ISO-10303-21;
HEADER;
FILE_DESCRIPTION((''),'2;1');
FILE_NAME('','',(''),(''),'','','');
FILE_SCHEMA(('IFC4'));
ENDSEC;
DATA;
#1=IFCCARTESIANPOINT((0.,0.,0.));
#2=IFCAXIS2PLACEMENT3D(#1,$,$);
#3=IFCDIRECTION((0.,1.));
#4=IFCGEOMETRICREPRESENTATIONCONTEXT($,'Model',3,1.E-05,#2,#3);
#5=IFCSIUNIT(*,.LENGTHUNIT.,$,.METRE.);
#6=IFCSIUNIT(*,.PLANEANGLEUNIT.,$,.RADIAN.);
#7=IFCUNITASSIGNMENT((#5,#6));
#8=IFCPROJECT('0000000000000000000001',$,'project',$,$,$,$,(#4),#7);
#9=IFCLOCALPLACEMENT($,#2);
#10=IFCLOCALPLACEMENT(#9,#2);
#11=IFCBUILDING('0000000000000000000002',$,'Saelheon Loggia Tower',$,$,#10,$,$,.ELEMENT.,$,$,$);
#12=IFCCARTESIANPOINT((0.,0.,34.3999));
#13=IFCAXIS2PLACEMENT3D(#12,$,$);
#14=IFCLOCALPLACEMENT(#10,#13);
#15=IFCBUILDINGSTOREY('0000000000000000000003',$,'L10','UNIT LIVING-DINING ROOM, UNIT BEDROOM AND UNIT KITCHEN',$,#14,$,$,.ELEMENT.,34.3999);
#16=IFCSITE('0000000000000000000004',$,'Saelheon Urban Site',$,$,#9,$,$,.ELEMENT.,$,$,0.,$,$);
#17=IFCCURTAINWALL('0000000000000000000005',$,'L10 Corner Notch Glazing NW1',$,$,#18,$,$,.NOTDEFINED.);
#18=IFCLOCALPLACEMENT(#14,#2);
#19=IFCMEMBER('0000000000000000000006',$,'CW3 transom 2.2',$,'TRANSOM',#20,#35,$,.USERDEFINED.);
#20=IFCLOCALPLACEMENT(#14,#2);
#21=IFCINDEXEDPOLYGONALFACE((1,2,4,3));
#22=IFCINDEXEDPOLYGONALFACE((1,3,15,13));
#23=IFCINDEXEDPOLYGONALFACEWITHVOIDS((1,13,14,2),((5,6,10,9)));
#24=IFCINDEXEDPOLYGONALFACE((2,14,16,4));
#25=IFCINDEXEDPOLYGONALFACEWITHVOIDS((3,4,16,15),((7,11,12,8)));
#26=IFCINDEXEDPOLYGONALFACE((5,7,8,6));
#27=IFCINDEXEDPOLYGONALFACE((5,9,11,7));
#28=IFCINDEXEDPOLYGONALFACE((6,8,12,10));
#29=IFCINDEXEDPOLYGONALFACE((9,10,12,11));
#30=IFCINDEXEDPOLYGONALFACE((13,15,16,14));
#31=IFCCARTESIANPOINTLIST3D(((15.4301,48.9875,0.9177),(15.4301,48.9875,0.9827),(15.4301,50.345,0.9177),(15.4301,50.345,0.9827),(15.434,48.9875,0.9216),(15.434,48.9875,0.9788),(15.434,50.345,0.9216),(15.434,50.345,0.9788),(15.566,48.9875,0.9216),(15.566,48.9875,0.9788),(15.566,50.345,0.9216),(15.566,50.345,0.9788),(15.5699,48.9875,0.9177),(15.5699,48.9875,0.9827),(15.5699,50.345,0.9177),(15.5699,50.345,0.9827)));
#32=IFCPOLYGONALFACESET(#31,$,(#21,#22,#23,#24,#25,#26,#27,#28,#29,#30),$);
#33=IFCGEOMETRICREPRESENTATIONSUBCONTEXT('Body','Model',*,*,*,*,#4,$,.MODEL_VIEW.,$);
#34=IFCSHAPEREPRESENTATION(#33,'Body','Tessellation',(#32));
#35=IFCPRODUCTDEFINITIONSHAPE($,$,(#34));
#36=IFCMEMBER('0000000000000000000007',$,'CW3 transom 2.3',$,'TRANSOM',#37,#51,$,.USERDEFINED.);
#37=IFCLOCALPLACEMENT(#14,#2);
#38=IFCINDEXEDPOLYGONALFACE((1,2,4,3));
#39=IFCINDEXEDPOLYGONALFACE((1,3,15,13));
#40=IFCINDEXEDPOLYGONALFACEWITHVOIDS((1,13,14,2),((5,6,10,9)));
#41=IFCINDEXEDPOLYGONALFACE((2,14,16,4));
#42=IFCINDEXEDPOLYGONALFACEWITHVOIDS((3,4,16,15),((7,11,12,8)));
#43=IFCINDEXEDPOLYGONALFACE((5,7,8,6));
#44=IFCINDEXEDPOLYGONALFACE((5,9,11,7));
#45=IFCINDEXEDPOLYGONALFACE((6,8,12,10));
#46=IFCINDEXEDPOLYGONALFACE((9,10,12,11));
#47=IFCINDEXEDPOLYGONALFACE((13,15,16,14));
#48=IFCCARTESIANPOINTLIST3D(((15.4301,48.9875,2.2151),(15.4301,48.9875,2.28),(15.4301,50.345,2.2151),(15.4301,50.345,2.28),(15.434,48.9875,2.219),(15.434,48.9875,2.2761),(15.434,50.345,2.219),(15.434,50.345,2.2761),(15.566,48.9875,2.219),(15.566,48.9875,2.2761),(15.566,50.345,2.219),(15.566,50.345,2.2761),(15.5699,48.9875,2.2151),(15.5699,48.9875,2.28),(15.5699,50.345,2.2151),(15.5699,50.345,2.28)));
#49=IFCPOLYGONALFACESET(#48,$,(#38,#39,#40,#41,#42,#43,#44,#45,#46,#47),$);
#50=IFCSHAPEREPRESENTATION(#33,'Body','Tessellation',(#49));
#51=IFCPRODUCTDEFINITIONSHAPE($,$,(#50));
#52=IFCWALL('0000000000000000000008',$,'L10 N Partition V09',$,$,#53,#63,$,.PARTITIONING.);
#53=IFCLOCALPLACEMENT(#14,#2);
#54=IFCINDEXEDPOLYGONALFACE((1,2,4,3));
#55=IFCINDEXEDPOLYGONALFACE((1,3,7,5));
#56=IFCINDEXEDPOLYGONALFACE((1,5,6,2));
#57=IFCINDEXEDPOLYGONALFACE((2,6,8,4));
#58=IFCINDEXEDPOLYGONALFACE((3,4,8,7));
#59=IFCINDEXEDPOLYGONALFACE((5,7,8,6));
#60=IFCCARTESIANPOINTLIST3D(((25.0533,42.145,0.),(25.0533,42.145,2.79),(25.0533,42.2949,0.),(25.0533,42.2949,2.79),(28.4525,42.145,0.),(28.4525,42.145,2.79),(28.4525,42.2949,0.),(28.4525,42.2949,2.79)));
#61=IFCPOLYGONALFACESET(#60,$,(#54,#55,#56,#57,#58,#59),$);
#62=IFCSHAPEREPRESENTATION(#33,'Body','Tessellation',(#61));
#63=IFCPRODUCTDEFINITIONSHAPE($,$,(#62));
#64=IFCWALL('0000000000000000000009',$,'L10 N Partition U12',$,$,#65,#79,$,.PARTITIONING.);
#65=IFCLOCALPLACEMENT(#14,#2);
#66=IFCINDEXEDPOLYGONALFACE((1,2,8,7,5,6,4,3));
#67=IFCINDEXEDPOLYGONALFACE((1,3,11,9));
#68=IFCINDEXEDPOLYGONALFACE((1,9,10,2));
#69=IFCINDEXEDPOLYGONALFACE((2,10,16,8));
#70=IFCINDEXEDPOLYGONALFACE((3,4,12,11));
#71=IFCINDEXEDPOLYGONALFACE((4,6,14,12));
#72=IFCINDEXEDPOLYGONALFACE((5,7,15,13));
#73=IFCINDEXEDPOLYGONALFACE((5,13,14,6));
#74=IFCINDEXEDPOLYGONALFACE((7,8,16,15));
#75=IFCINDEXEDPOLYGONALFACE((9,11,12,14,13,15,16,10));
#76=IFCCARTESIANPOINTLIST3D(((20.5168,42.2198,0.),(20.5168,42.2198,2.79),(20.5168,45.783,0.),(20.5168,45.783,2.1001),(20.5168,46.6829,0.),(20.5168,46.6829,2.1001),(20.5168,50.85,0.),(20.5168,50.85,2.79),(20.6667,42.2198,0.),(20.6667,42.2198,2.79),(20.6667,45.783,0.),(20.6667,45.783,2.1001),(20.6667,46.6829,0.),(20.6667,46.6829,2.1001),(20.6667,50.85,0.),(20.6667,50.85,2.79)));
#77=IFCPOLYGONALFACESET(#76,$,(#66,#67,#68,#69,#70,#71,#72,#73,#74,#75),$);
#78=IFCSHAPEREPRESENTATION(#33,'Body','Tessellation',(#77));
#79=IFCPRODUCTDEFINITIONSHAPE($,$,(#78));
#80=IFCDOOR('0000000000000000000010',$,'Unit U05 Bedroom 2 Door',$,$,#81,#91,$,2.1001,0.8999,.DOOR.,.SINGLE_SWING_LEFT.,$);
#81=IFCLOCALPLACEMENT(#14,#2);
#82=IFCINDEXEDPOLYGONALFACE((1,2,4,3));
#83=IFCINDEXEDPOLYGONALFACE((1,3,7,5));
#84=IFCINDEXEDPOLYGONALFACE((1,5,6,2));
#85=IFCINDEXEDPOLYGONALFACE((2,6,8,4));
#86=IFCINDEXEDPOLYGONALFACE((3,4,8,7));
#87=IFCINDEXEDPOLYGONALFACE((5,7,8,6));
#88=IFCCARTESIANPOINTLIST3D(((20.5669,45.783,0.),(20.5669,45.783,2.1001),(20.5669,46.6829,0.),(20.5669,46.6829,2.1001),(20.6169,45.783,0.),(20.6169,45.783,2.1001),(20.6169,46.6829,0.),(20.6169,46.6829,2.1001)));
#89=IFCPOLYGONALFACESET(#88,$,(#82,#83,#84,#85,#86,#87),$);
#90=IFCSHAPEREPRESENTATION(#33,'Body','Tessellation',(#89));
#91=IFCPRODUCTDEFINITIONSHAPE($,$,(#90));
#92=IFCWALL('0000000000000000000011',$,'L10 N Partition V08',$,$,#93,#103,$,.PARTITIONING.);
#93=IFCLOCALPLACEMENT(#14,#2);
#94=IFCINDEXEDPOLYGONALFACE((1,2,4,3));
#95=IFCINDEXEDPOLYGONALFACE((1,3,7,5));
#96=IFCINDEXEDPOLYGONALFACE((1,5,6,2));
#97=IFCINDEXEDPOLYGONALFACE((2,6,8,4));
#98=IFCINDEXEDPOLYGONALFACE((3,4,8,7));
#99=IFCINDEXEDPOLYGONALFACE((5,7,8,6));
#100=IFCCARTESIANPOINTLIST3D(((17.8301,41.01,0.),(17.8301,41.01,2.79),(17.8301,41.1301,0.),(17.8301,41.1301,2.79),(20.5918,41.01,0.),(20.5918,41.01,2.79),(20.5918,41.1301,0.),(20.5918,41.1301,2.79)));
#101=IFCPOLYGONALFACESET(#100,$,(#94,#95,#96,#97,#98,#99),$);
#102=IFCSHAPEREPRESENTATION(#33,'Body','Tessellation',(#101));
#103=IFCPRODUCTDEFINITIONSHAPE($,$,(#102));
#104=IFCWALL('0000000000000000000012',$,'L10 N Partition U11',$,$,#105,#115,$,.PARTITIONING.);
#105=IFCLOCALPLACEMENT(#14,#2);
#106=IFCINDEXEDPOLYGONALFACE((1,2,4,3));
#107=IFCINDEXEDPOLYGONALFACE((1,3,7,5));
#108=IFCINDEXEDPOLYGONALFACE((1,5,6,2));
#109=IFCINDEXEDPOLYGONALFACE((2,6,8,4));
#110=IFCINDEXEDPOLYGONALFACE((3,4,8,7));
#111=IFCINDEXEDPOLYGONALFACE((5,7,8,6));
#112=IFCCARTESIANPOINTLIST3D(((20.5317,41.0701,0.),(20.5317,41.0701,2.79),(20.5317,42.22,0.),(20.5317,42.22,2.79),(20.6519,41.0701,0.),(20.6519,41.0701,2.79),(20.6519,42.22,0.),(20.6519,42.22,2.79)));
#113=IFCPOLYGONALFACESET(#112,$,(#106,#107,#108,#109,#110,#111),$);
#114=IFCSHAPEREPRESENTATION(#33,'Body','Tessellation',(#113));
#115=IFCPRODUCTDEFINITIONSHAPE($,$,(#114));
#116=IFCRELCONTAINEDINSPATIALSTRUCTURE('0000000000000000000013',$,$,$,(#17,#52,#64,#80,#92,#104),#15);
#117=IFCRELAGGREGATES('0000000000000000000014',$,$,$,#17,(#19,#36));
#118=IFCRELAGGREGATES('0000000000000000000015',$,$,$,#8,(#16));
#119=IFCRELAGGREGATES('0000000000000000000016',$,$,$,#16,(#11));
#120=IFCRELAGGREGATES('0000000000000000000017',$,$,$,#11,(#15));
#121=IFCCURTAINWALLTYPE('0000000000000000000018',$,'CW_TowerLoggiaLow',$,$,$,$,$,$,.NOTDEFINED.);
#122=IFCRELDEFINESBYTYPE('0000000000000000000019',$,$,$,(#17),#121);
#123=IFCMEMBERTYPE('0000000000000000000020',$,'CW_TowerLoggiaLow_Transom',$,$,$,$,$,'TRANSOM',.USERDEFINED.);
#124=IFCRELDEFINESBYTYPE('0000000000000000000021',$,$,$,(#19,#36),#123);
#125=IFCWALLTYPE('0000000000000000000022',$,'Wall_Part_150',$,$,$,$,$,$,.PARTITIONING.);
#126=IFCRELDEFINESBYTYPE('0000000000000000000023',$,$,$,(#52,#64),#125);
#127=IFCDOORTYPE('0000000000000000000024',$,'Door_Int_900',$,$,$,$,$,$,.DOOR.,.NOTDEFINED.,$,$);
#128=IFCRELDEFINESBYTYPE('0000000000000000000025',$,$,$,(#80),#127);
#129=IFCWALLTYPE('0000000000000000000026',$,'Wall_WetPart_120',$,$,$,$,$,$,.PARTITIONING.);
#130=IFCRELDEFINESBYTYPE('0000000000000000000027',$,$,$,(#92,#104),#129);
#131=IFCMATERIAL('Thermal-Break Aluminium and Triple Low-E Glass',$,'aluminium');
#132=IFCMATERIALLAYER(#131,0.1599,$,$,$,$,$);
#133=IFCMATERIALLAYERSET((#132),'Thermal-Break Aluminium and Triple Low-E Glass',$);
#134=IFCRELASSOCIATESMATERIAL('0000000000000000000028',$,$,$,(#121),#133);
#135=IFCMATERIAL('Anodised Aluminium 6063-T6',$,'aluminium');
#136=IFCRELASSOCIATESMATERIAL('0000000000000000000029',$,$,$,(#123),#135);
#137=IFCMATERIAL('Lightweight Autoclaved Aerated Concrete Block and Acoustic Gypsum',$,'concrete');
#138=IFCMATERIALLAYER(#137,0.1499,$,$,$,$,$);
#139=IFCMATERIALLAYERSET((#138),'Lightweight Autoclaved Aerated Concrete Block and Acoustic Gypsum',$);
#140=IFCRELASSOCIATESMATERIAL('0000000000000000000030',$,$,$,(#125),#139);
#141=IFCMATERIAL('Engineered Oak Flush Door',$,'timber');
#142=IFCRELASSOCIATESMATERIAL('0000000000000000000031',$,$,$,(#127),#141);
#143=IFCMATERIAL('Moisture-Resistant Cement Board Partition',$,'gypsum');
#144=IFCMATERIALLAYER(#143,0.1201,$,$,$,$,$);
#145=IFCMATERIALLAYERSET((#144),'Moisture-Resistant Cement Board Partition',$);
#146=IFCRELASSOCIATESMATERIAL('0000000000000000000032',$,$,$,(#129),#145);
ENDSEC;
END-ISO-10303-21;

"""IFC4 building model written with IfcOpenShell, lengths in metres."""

from ifc_helpers import new_model, si_unit, direction, frame, frame_2d, origin, origin_2d, place, context, subcontext, project, spatial, rectangle, hollow_rectangle, extrude, source, transform, mapped, material, layer, layer_set, material_profile, profile_set, type_object, element, fill, aggregate, save


model = new_model("IFC4")

# Units and contexts
model_context = context("Model", 3, precision=1e-05, world=origin(), true_north=direction((0.0, 1.0)))
body_context = subcontext(model_context, "Body", "Model", "MODEL_VIEW")
ifc_project = project(units=[si_unit("LENGTHUNIT", "METRE"), si_unit("PLANEANGLEUNIT", "RADIAN")], contexts=[model_context])

# Site, building, storey
site_placement = place(None, origin())
site = spatial("IfcSite", under=ifc_project, at=site_placement, Name="Saelheon Urban Site", CompositionType="ELEMENT", RefElevation=0.0)
building_placement = place(site_placement, origin())
building = spatial("IfcBuilding", under=site, at=building_placement, Name="Saelheon Loggia Tower", CompositionType="ELEMENT")
storey_placement = place(building_placement, frame((0.0, 0.0, 34.3999)))
storey = spatial("IfcBuildingStorey", under=building, at=storey_placement, Name="L10", Description="UNIT LIVING-DINING ROOM, UNIT BEDROOM AND UNIT KITCHEN", CompositionType="ELEMENT", Elevation=34.3999)

# Curtain wall, members
ifc_material_1 = material(Name="Thermal-Break Aluminium and Triple Low-E Glass", Category="aluminium")
ifc_layer_1 = layer(ifc_material_1, 0.1599)
ifc_layer_set_1 = layer_set([ifc_layer_1], Name="Thermal-Break Aluminium and Triple Low-E Glass")
curtain_wall_type = type_object("IfcCurtainWallType", Name="CW_TowerLoggiaLow", PredefinedType="NOTDEFINED", material=ifc_layer_set_1)
curtain_wall_placement = place(storey_placement, origin())
curtain_wall = element("IfcCurtainWall", 1, at=curtain_wall_placement, inside=storey, type_object=curtain_wall_type, Name="L10 Corner Notch Glazing NW1", PredefinedType="NOTDEFINED")
ifc_material_2 = material(Name="Anodised Aluminium 6063-T6", Category="aluminium")
ifc_material_profile = material_profile(ifc_material_2, hollow_rectangle(XDim=0.0649, YDim=0.1399, WallThickness=0.0039, at=origin_2d()), Name="RHS-140x65x4")
ifc_profile_set = profile_set([ifc_material_profile], Name="Anodised Aluminium 6063-T6")
member_type = type_object("IfcMemberType", Name="CW_TowerLoggiaLow_Transom", ElementType="TRANSOM", PredefinedType="USERDEFINED", material=ifc_profile_set)
shared_shape_1 = source(origin(), body_context, "Body", "SweptSolid", [
    extrude(hollow_rectangle(XDim=0.0649, YDim=0.1399, WallThickness=0.0039, at=origin_2d()), origin(), (0.0, 0.0, 1.0), 1.3574),
])
member_1_placement = place(storey_placement, frame((15.5, 48.9875, 0.9502), z_axis=(0.0, 1.0, 0.0), x_axis=(0.0, 0.0, 1.0)))
member_1 = element("IfcMember", 2, at=member_1_placement, type_object=member_type, Name="CW3 transom 2.2", ObjectType="TRANSOM", PredefinedType="USERDEFINED", context=body_context, shape_type="MappedRepresentation", body=[
    mapped(shared_shape_1, transform((0.0, 0.0, 0.0), scale=1.0)),
])
member_2_placement = place(storey_placement, frame((15.5, 48.9875, 2.2476), z_axis=(0.0, 1.0, 0.0), x_axis=(0.0, 0.0, 1.0)))
member_2 = element("IfcMember", 3, at=member_2_placement, type_object=member_type, Name="CW3 transom 2.3", ObjectType="TRANSOM", PredefinedType="USERDEFINED", context=body_context, shape_type="MappedRepresentation", body=[
    mapped(shared_shape_1, transform((0.0, 0.0, 0.0), scale=1.0)),
])
aggregate(curtain_wall, [member_1, member_2])

# Wall
ifc_material_3 = material(Name="Lightweight Autoclaved Aerated Concrete Block and Acoustic Gypsum", Category="concrete")
ifc_layer_2 = layer(ifc_material_3, 0.1499)
ifc_layer_set_2 = layer_set([ifc_layer_2], Name="Lightweight Autoclaved Aerated Concrete Block and Acoustic Gypsum")
wall_type_1 = type_object("IfcWallType", Name="Wall_Part_150", PredefinedType="PARTITIONING", material=ifc_layer_set_2)
wall_1_placement = place(storey_placement, frame((25.0532, 42.22, 0.0), z_axis=(0.0, 0.0, 1.0), x_axis=(1.0, 0.0, 0.0)))
element("IfcWall", 4, at=wall_1_placement, inside=storey, type_object=wall_type_1, Name="L10 N Partition V09", PredefinedType="PARTITIONING", context=body_context, shape_type="SweptSolid", body=[
    extrude(rectangle(XDim=3.3992, YDim=0.1499, at=frame_2d((1.6997, 0.0))), origin(), (0.0, 0.0, 1.0), 2.79),
])

# Wall, opening, door
wall_2_placement = place(storey_placement, frame((20.5918, 42.22, 0.0), z_axis=(0.0, 0.0, 1.0), x_axis=(0.0, 1.0, 0.0)))
wall_2 = element("IfcWall", 5, at=wall_2_placement, inside=storey, type_object=wall_type_1, Name="L10 N Partition U12", PredefinedType="PARTITIONING", context=body_context, shape_type="SweptSolid", body=[
    extrude(rectangle(XDim=8.6301, YDim=0.1499, at=frame_2d((4.3149, 0.0))), origin(), (0.0, 0.0, 1.0), 2.79),
])
opening_placement = place(wall_2_placement, frame((3.563, 0.0, 0.0)))
opening = element("IfcOpeningElement", 6, at=opening_placement, cuts=wall_2, PredefinedType="OPENING", context=body_context, shape_type="SweptSolid", body=[
    extrude(rectangle(XDim=0.8999, YDim=2.1001, at=frame_2d((0.45, 1.05))), frame((0.0, 0.0869, 0.0), z_axis=(0.0, -1.0, 0.0), x_axis=(1.0, 0.0, 0.0)), (0.0, 0.0, 1.0), 0.1738),
])
ifc_material_4 = material(Name="Engineered Oak Flush Door", Category="timber")
door_type = type_object("IfcDoorType", Name="Door_Int_900", OperationType="NOTDEFINED", PredefinedType="DOOR", material=ifc_material_4)
shared_shape_2 = source(origin(), body_context, "Body", "SweptSolid", [
    extrude(rectangle(XDim=0.8999, YDim=2.1001, at=frame_2d((0.45, 1.05))), frame((0.0, 0.0249, 0.0), z_axis=(0.0, -1.0, 0.0), x_axis=(1.0, 0.0, 0.0)), (0.0, 0.0, 1.0), 0.05),
])
door_placement = place(opening_placement, origin())
door = element("IfcDoor", 7, at=door_placement, inside=storey, type_object=door_type, Name="Unit U05 Bedroom 2 Door", OperationType="SINGLE_SWING_LEFT", OverallHeight=2.1001, OverallWidth=0.8999, PredefinedType="DOOR", context=body_context, shape_type="MappedRepresentation", body=[
    mapped(shared_shape_2, transform((0.0, 0.0, 0.0), scale=1.0)),
])
fill(opening, door)

# Walls
ifc_material_5 = material(Name="Moisture-Resistant Cement Board Partition", Category="gypsum")
ifc_layer_3 = layer(ifc_material_5, 0.1201)
ifc_layer_set_3 = layer_set([ifc_layer_3], Name="Moisture-Resistant Cement Board Partition")
wall_type_2 = type_object("IfcWallType", Name="Wall_WetPart_120", PredefinedType="PARTITIONING", material=ifc_layer_set_3)
wall_3_placement = place(storey_placement, frame((17.8301, 41.0701, 0.0), z_axis=(0.0, 0.0, 1.0), x_axis=(1.0, 0.0, 0.0)))
element("IfcWall", 8, at=wall_3_placement, inside=storey, type_object=wall_type_2, Name="L10 N Partition V08", PredefinedType="PARTITIONING", context=body_context, shape_type="SweptSolid", body=[
    extrude(rectangle(XDim=2.7617, YDim=0.1201, at=frame_2d((1.3809, 0.0))), origin(), (0.0, 0.0, 1.0), 2.79),
])
wall_4_placement = place(storey_placement, frame((20.5918, 41.0701, 0.0), z_axis=(0.0, 0.0, 1.0), x_axis=(0.0, 1.0, 0.0)))
element("IfcWall", 9, at=wall_4_placement, inside=storey, type_object=wall_type_2, Name="L10 N Partition U11", PredefinedType="PARTITIONING", context=body_context, shape_type="SweptSolid", body=[
    extrude(rectangle(XDim=1.1499, YDim=0.1201, at=frame_2d((0.575, 0.0))), origin(), (0.0, 0.0, 1.0), 2.79),
])

save(model, "model.ifc")
